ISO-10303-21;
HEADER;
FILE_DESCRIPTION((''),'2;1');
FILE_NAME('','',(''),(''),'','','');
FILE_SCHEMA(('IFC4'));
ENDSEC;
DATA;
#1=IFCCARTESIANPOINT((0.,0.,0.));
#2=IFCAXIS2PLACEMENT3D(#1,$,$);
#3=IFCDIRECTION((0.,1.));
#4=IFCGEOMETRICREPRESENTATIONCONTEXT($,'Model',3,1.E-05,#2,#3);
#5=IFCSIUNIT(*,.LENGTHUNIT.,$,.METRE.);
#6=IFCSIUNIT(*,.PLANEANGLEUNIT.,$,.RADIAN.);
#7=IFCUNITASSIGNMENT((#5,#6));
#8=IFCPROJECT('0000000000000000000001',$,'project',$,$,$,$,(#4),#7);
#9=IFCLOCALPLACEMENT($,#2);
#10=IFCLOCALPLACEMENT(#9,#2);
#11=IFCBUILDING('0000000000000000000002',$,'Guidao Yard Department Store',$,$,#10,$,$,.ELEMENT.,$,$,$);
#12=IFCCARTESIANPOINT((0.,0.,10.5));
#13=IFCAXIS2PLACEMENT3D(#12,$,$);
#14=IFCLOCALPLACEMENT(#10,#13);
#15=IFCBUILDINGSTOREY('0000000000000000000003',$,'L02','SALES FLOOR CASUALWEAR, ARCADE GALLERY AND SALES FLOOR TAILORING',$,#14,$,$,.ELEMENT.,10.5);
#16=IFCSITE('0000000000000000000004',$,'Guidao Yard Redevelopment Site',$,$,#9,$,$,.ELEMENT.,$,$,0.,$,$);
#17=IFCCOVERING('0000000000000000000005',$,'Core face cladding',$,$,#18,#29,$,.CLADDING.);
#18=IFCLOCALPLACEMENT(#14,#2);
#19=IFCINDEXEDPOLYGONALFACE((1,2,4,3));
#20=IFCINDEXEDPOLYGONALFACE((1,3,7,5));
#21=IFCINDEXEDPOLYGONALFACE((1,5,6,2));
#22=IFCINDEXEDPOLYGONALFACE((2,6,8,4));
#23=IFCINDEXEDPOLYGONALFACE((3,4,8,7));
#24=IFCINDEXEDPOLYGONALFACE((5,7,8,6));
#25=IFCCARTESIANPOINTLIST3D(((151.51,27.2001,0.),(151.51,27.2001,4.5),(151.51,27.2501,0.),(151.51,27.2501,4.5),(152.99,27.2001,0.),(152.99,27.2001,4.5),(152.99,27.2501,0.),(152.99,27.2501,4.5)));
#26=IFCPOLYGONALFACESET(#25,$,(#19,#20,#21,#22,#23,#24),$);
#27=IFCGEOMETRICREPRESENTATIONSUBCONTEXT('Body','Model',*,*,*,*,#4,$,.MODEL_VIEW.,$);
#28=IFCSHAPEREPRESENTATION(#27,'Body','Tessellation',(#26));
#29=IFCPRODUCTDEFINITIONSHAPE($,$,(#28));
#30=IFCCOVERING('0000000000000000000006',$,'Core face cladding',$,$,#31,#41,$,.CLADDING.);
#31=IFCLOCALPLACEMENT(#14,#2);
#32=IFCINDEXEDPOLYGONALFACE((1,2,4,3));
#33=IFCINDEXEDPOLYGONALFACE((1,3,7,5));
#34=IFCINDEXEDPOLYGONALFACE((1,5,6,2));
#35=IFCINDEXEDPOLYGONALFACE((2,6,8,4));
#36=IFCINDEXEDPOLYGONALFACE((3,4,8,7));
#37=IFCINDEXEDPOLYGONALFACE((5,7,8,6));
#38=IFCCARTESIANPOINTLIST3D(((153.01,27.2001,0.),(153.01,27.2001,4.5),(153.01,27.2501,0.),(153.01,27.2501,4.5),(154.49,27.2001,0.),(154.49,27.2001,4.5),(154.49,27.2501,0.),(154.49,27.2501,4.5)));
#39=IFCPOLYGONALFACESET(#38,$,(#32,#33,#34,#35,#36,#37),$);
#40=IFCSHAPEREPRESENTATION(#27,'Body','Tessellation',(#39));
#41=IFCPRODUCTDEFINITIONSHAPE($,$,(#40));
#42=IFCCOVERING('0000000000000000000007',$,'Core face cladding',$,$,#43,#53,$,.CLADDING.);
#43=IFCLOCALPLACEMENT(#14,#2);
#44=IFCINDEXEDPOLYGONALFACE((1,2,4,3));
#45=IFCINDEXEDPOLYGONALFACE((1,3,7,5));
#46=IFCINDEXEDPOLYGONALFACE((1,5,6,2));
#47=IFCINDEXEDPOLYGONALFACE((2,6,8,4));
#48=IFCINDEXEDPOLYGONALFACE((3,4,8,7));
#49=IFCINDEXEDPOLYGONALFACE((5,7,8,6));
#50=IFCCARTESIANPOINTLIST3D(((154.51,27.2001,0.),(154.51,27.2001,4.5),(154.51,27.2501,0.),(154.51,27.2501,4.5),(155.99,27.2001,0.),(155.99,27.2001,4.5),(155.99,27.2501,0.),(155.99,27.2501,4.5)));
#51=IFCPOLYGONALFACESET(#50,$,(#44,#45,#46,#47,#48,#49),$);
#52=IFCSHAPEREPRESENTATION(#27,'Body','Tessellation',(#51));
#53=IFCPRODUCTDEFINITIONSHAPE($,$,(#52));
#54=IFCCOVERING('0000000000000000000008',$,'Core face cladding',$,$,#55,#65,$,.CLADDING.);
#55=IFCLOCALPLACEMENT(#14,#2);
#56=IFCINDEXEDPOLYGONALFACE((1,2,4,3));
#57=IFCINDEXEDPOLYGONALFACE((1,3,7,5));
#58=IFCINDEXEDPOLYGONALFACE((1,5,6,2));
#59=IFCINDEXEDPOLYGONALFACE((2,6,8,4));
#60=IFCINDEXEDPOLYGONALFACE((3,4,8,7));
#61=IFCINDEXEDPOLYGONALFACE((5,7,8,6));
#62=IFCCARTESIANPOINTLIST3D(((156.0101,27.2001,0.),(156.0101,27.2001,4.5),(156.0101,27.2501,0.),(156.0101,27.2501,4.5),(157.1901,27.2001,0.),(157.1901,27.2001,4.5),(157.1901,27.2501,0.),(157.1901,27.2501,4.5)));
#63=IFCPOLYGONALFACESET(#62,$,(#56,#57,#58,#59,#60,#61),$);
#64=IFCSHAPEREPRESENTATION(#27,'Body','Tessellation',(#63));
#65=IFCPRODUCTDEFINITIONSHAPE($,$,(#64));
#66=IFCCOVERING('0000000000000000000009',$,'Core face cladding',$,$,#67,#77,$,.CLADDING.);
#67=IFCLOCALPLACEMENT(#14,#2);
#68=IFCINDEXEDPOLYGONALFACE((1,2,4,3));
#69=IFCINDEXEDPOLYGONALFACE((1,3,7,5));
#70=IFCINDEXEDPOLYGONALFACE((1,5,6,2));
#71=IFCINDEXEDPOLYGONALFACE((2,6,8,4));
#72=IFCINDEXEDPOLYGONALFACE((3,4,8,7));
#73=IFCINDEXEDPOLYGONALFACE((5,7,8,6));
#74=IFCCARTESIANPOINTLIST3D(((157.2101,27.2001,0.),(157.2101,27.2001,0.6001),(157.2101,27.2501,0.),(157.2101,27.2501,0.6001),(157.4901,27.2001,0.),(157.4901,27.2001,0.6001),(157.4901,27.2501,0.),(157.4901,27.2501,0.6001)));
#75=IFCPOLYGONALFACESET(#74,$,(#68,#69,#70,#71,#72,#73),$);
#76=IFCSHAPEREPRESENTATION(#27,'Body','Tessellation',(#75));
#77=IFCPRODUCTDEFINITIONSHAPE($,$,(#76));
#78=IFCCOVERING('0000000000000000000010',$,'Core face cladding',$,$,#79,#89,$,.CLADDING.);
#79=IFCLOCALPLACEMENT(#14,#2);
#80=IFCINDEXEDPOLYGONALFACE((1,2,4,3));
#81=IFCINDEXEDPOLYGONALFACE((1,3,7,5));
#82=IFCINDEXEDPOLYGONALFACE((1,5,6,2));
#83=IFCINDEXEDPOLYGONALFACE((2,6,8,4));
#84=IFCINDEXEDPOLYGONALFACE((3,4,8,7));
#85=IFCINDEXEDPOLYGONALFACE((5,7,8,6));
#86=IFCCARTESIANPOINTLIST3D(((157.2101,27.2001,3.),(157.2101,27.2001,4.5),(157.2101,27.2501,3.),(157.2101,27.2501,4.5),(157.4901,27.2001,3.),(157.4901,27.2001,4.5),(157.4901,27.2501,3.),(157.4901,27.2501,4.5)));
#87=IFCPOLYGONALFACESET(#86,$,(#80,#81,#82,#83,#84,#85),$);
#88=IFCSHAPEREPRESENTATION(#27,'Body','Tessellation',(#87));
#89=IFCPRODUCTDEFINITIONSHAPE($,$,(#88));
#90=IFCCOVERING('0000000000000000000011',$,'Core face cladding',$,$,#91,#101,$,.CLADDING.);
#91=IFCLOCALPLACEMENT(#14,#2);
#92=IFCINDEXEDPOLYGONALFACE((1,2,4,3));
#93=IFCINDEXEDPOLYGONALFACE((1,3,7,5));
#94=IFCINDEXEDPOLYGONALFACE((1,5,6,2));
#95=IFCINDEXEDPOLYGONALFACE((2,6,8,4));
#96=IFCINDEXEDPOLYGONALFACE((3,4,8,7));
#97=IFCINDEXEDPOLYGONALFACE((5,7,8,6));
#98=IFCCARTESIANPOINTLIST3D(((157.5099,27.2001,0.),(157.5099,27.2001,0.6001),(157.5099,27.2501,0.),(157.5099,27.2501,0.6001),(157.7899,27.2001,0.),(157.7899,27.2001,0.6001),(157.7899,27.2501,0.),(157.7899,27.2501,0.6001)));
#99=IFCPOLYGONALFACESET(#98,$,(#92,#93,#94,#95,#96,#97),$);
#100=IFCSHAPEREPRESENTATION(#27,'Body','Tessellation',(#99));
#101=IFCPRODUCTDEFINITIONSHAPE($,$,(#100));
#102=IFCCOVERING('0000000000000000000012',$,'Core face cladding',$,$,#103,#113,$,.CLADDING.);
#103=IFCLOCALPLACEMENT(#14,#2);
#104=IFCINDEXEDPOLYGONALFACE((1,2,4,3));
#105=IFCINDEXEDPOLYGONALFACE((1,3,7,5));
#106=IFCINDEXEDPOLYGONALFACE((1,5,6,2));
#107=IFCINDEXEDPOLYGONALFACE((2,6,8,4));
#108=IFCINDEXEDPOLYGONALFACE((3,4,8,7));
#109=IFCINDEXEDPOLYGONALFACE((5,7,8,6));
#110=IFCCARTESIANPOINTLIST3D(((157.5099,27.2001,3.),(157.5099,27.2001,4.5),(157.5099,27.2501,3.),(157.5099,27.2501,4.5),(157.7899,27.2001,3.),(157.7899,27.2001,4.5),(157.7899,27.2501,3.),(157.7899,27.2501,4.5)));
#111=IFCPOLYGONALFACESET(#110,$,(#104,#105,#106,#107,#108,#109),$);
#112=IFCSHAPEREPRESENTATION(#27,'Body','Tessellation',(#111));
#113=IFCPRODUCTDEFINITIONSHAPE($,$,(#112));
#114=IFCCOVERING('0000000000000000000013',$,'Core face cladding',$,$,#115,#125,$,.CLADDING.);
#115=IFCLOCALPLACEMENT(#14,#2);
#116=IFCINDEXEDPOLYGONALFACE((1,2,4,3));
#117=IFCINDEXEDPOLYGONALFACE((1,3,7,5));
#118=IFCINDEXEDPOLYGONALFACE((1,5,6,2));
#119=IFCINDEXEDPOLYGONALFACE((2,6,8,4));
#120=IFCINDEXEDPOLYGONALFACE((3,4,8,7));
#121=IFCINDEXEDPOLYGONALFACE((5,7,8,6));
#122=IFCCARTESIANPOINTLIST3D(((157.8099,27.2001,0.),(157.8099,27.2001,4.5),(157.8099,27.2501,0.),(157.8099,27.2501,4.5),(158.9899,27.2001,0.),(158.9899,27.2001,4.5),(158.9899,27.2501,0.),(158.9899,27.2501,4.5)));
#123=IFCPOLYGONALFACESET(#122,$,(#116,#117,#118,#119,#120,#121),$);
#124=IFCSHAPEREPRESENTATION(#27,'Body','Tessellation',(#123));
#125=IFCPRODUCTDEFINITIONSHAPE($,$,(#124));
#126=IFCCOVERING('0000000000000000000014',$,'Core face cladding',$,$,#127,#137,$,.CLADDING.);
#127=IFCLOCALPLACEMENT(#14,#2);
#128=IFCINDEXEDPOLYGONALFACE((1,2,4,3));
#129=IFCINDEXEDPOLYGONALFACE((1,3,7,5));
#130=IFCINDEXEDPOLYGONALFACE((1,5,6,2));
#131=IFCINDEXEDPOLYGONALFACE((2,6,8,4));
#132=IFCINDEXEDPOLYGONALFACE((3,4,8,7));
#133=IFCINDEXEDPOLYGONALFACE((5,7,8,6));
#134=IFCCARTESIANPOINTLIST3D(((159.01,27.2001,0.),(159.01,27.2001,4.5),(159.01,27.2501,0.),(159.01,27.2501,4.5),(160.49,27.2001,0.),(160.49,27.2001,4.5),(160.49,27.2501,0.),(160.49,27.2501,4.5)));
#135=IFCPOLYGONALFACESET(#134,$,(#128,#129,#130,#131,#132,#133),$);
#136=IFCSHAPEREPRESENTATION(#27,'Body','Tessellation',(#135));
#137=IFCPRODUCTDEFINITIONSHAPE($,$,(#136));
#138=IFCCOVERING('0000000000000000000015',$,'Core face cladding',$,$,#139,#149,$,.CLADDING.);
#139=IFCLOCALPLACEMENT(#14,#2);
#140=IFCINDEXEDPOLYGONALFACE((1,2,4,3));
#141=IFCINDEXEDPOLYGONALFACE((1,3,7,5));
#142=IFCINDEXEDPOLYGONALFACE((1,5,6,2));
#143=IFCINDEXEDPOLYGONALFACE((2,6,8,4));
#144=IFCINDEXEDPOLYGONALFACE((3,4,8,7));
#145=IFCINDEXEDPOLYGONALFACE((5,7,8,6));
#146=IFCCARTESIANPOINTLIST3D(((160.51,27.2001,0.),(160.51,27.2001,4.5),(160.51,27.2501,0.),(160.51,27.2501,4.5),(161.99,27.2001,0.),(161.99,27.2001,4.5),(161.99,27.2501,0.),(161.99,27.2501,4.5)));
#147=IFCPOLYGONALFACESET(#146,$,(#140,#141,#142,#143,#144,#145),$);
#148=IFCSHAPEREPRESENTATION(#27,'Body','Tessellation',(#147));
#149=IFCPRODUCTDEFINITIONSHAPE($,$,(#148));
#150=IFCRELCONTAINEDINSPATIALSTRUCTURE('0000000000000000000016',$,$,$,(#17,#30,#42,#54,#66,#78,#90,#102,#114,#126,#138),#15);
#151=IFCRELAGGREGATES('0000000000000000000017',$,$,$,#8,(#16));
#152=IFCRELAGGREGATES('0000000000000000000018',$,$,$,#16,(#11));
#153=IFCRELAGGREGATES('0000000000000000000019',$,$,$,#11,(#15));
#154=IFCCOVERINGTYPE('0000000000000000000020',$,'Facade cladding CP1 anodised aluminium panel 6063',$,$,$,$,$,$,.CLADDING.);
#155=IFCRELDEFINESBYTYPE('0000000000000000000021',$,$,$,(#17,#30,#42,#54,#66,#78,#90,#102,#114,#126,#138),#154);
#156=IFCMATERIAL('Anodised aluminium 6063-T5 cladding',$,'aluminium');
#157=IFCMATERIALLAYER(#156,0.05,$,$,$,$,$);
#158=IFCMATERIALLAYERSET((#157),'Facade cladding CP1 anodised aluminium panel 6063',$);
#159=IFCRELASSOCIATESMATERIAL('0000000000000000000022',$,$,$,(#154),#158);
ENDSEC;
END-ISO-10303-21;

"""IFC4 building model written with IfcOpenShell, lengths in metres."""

from ifc_helpers import new_model, si_unit, direction, frame, origin, origin_2d, place, context, subcontext, project, spatial, rectangle, extrude, material, layer, layer_set, type_object, element, save


model = new_model("IFC4")

# Units and contexts
model_context = context("Model", 3, precision=1e-05, world=origin(), true_north=direction((0.0, 1.0)))
body_context = subcontext(model_context, "Body", "Model", "MODEL_VIEW")
ifc_project = project(units=[si_unit("LENGTHUNIT", "METRE"), si_unit("PLANEANGLEUNIT", "RADIAN")], contexts=[model_context])

# Site, building, storey
site_placement = place(None, origin())
site = spatial("IfcSite", under=ifc_project, at=site_placement, Name="Guidao Yard Redevelopment Site", CompositionType="ELEMENT", RefElevation=0.0)
building_placement = place(site_placement, origin())
building = spatial("IfcBuilding", under=site, at=building_placement, Name="Guidao Yard Department Store", CompositionType="ELEMENT")
storey_placement = place(building_placement, frame((0.0, 0.0, 10.5)))
storey = spatial("IfcBuildingStorey", under=building, at=storey_placement, Name="L02", Description="SALES FLOOR CASUALWEAR, ARCADE GALLERY AND SALES FLOOR TAILORING", CompositionType="ELEMENT", Elevation=10.5)

# Coverings
ifc_material_1 = material(Name="Anodised aluminium 6063-T5 cladding", Category="aluminium")
ifc_layer_1 = layer(ifc_material_1, 0.05)
ifc_layer_set_1 = layer_set([ifc_layer_1], Name="Facade cladding CP1 anodised aluminium panel 6063")
covering_type = type_object("IfcCoveringType", Name="Facade cladding CP1 anodised aluminium panel 6063", PredefinedType="CLADDING", material=ifc_layer_set_1)
for number, where, z_axis, x_axis, name in (
    (1, (152.25, 27.2251, 0.0), (0.0, 0.0, 1.0), (1.0, 0.0, 0.0), "Core face cladding"),
    (2, (153.75, 27.2251, 0.0), (0.0, 0.0, 1.0), (1.0, 0.0, 0.0), "Core face cladding"),
    (3, (155.25, 27.2251, 0.0), (0.0, 0.0, 1.0), (1.0, 0.0, 0.0), "Core face cladding"),
):
    element("IfcCovering", number, at=place(storey_placement, frame(where, z_axis=z_axis, x_axis=x_axis)), inside=storey, type_object=covering_type, Name=name, PredefinedType="CLADDING", context=body_context, shape_type="SweptSolid", body=[
        extrude(rectangle(XDim=1.48, YDim=0.05, at=origin_2d()), origin(), (0.0, 0.0, 1.0), 4.5),
    ])
covering_1_placement = place(storey_placement, frame((156.6001, 27.2251, 0.0), z_axis=(0.0, 0.0, 1.0), x_axis=(1.0, 0.0, 0.0)))
element("IfcCovering", 4, at=covering_1_placement, inside=storey, type_object=covering_type, Name="Core face cladding", PredefinedType="CLADDING", context=body_context, shape_type="SweptSolid", body=[
    extrude(rectangle(XDim=1.1799, YDim=0.05, at=origin_2d()), origin(), (0.0, 0.0, 1.0), 4.5),
])
covering_2_placement = place(storey_placement, frame((157.3501, 27.2251, 0.0), z_axis=(0.0, 0.0, 1.0), x_axis=(1.0, 0.0, 0.0)))
element("IfcCovering", 5, at=covering_2_placement, inside=storey, type_object=covering_type, Name="Core face cladding", PredefinedType="CLADDING", context=body_context, shape_type="SweptSolid", body=[
    extrude(rectangle(XDim=0.28, YDim=0.05, at=origin_2d()), origin(), (0.0, 0.0, 1.0), 0.6001),
])
covering_3_placement = place(storey_placement, frame((157.3501, 27.2251, 3.0), z_axis=(0.0, 0.0, 1.0), x_axis=(1.0, 0.0, 0.0)))
element("IfcCovering", 6, at=covering_3_placement, inside=storey, type_object=covering_type, Name="Core face cladding", PredefinedType="CLADDING", context=body_context, shape_type="SweptSolid", body=[
    extrude(rectangle(XDim=0.28, YDim=0.05, at=origin_2d()), origin(), (0.0, 0.0, 1.0), 1.5),
])
covering_4_placement = place(storey_placement, frame((157.6499, 27.2251, 0.0), z_axis=(0.0, 0.0, 1.0), x_axis=(1.0, 0.0, 0.0)))
element("IfcCovering", 7, at=covering_4_placement, inside=storey, type_object=covering_type, Name="Core face cladding", PredefinedType="CLADDING", context=body_context, shape_type="SweptSolid", body=[
    extrude(rectangle(XDim=0.28, YDim=0.05, at=origin_2d()), origin(), (0.0, 0.0, 1.0), 0.6001),
])
covering_5_placement = place(storey_placement, frame((157.6499, 27.2251, 3.0), z_axis=(0.0, 0.0, 1.0), x_axis=(1.0, 0.0, 0.0)))
element("IfcCovering", 8, at=covering_5_placement, inside=storey, type_object=covering_type, Name="Core face cladding", PredefinedType="CLADDING", context=body_context, shape_type="SweptSolid", body=[
    extrude(rectangle(XDim=0.28, YDim=0.05, at=origin_2d()), origin(), (0.0, 0.0, 1.0), 1.5),
])
covering_6_placement = place(storey_placement, frame((158.3999, 27.2251, 0.0), z_axis=(0.0, 0.0, 1.0), x_axis=(1.0, 0.0, 0.0)))
element("IfcCovering", 9, at=covering_6_placement, inside=storey, type_object=covering_type, Name="Core face cladding", PredefinedType="CLADDING", context=body_context, shape_type="SweptSolid", body=[
    extrude(rectangle(XDim=1.1799, YDim=0.05, at=origin_2d()), origin(), (0.0, 0.0, 1.0), 4.5),
])
for number, where, z_axis, x_axis, name in (
    (10, (159.75, 27.2251, 0.0), (0.0, 0.0, 1.0), (1.0, 0.0, 0.0), "Core face cladding"),
    (11, (161.25, 27.2251, 0.0), (0.0, 0.0, 1.0), (1.0, 0.0, 0.0), "Core face cladding"),
):
    element("IfcCovering", number, at=place(storey_placement, frame(where, z_axis=z_axis, x_axis=x_axis)), inside=storey, type_object=covering_type, Name=name, PredefinedType="CLADDING", context=body_context, shape_type="SweptSolid", body=[
        extrude(rectangle(XDim=1.48, YDim=0.05, at=origin_2d()), origin(), (0.0, 0.0, 1.0), 4.5),
    ])

save(model, "model.ifc")
